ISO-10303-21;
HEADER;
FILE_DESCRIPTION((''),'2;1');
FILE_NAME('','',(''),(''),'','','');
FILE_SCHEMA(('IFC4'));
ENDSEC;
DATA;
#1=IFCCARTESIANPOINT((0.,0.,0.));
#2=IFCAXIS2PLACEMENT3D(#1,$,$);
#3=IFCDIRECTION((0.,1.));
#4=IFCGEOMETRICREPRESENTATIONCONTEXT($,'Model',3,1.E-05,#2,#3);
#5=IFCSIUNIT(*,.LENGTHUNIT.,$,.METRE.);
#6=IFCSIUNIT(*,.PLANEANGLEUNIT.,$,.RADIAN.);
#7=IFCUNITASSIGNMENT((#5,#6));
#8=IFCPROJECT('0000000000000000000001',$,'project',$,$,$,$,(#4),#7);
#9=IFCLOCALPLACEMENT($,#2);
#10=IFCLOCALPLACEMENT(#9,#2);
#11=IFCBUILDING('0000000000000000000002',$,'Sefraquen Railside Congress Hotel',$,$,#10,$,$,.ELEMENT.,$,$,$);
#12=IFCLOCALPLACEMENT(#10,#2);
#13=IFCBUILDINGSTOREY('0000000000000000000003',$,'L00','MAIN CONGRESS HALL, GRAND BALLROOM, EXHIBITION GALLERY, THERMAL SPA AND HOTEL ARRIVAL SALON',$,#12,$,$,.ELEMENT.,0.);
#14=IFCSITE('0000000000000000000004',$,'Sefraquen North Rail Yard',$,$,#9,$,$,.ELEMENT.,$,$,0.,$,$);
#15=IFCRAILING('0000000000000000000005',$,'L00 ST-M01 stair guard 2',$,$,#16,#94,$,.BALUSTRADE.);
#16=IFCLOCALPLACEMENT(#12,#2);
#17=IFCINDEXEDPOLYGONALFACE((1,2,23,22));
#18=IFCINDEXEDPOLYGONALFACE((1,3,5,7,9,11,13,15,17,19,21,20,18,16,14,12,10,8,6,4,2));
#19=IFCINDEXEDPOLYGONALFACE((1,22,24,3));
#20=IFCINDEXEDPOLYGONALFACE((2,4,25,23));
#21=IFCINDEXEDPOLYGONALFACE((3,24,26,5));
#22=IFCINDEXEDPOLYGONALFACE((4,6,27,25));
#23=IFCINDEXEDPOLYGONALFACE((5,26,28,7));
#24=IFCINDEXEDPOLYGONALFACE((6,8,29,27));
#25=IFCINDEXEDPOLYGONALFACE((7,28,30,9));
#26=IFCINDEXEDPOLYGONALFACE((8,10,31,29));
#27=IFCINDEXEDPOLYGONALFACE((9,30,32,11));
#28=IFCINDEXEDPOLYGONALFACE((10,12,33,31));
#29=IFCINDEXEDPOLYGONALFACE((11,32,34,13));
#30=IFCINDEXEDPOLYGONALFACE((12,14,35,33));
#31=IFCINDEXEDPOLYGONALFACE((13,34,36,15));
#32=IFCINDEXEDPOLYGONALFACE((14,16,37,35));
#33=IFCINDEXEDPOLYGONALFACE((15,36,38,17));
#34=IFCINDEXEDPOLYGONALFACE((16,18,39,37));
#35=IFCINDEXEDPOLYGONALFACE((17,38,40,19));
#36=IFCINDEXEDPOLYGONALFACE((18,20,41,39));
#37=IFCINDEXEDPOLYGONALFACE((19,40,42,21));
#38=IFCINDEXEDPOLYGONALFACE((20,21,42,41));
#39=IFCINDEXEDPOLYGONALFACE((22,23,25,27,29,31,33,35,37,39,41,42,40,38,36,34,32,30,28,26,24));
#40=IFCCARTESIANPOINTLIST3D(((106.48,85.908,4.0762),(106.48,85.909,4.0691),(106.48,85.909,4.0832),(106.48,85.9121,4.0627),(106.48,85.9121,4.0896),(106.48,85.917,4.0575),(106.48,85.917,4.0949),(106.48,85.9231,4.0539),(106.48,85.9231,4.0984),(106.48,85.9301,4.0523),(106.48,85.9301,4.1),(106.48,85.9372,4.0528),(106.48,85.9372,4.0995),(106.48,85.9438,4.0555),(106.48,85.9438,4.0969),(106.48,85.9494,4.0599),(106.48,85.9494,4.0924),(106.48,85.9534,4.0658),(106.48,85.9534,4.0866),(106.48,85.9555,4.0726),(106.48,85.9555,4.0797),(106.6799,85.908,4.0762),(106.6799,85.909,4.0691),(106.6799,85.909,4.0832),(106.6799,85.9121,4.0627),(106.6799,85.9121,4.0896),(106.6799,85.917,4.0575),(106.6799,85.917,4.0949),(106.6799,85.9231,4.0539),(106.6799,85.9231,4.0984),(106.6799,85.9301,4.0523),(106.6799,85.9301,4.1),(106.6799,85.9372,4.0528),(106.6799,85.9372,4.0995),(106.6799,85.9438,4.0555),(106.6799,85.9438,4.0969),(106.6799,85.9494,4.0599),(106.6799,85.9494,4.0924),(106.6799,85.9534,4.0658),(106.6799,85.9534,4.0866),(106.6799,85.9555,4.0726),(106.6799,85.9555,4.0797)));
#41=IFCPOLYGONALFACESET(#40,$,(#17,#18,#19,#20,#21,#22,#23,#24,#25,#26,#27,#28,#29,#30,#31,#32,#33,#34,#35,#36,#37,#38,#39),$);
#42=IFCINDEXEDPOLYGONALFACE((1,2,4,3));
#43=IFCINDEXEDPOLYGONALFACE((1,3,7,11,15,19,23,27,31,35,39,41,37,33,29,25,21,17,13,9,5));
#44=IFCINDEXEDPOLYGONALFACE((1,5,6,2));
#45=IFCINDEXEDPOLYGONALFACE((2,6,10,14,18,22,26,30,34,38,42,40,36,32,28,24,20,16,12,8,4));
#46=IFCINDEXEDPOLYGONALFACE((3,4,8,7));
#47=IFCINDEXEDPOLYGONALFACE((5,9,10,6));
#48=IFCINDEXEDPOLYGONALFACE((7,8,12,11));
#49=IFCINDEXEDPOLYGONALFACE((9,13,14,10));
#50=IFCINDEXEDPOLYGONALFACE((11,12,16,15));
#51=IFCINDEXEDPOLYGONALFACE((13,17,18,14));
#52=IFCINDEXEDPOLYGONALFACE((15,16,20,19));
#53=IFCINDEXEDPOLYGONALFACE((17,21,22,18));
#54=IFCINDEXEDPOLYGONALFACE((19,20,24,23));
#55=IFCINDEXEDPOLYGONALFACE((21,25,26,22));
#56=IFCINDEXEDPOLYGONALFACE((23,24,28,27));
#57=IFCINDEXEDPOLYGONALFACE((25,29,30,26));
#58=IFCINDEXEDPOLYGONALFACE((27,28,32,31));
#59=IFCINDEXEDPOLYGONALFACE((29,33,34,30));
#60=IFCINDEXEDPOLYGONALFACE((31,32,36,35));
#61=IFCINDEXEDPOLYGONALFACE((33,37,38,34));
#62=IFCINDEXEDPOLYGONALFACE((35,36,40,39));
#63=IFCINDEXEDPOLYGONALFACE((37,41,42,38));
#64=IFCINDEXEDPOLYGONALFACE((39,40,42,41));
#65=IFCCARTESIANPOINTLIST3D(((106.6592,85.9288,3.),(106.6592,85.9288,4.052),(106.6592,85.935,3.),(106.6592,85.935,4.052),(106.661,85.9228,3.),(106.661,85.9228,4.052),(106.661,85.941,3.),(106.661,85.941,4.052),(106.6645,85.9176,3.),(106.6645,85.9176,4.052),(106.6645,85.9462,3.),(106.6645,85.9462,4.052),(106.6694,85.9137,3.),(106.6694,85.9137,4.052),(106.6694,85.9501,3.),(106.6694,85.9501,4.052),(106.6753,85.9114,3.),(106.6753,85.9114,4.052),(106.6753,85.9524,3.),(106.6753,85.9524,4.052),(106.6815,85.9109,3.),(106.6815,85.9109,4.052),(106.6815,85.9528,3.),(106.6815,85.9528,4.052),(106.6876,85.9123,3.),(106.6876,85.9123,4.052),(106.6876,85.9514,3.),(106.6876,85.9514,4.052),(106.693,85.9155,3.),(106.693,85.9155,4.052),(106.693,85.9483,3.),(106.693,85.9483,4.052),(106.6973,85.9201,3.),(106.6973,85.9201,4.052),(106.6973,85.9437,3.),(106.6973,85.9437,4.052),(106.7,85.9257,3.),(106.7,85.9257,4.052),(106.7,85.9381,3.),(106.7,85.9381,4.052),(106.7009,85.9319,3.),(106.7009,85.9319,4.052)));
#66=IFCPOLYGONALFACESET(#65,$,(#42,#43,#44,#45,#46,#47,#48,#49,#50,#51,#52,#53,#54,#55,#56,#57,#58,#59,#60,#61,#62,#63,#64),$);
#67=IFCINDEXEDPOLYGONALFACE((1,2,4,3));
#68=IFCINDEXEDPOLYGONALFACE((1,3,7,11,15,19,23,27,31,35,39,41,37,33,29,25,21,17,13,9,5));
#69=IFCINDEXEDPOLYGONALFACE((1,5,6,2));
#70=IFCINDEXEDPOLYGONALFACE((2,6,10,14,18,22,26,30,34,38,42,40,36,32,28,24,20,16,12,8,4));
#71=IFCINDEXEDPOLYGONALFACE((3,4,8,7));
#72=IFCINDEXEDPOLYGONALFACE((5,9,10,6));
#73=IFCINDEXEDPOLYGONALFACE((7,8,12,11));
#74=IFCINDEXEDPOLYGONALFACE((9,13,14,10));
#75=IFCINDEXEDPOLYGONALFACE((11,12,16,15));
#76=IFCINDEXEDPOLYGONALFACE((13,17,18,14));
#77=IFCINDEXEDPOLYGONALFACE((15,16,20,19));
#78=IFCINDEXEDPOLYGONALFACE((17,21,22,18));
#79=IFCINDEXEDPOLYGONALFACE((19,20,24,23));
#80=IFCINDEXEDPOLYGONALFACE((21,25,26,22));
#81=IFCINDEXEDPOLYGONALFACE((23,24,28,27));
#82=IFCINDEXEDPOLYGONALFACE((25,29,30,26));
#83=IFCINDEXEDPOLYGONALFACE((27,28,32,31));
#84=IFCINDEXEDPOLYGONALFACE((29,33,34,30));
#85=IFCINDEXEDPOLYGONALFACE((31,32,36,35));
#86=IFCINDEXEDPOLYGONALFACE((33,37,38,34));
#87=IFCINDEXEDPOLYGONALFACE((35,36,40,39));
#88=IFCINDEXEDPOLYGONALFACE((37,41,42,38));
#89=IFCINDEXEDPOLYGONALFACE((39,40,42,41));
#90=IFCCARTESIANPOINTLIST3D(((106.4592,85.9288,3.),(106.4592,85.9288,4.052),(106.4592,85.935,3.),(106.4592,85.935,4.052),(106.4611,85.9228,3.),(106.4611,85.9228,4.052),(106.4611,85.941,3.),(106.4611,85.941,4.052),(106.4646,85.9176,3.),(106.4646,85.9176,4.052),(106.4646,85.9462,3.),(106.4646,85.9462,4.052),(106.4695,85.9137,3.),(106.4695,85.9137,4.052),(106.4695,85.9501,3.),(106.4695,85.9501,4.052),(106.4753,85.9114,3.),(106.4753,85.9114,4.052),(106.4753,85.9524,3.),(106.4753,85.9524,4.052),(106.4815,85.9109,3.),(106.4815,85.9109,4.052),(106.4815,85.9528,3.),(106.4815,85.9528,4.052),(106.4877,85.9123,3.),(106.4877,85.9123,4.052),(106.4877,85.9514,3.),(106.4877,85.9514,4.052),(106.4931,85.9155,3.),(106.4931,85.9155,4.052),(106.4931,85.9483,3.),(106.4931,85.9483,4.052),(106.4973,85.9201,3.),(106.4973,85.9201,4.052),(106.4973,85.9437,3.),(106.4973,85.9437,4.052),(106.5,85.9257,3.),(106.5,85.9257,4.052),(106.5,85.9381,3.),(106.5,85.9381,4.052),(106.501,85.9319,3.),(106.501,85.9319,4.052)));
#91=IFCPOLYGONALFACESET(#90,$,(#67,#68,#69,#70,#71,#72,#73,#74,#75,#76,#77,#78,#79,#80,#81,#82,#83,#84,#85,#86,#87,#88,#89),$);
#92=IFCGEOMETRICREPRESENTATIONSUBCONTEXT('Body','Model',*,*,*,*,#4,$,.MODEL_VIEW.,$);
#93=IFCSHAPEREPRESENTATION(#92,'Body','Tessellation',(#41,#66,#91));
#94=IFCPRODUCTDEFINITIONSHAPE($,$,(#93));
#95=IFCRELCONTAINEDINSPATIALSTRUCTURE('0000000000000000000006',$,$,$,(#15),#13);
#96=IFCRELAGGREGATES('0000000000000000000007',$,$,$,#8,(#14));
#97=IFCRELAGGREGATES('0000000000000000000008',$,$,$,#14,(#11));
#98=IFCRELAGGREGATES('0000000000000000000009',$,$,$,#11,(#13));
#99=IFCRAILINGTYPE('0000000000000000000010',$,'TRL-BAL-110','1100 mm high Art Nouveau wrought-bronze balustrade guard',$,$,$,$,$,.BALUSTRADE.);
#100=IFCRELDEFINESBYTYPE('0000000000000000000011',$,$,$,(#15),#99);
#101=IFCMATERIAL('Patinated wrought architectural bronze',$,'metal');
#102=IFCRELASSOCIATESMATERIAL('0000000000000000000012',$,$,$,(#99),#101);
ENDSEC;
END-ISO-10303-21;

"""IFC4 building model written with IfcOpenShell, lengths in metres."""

from ifc_helpers import new_model, si_unit, direction, frame, origin, origin_2d, place, context, subcontext, project, spatial, circle, extrude, material, type_object, element, save


model = new_model("IFC4")

# Units and contexts
model_context = context("Model", 3, precision=1e-05, world=origin(), true_north=direction((0.0, 1.0)))
body_context = subcontext(model_context, "Body", "Model", "MODEL_VIEW")
ifc_project = project(units=[si_unit("LENGTHUNIT", "METRE"), si_unit("PLANEANGLEUNIT", "RADIAN")], contexts=[model_context])

# Site, building, storey
site_placement = place(None, origin())
site = spatial("IfcSite", under=ifc_project, at=site_placement, Name="Sefraquen North Rail Yard", CompositionType="ELEMENT", RefElevation=0.0)
building_placement = place(site_placement, origin())
building = spatial("IfcBuilding", under=site, at=building_placement, Name="Sefraquen Railside Congress Hotel", CompositionType="ELEMENT")
storey_placement = place(building_placement, origin())
storey = spatial("IfcBuildingStorey", under=building, at=storey_placement, Name="L00", Description="MAIN CONGRESS HALL, GRAND BALLROOM, EXHIBITION GALLERY, THERMAL SPA AND HOTEL ARRIVAL SALON", CompositionType="ELEMENT", Elevation=0.0)

# Railing
ifc_material_1 = material(Name="Patinated wrought architectural bronze", Category="metal")
railing_type_1 = type_object("IfcRailingType", Name="TRL-BAL-110", Description="1100 mm high Art Nouveau wrought-bronze balustrade guard", PredefinedType="BALUSTRADE", material=ifc_material_1)
railing_1_placement = place(storey_placement, frame((106.6799, 85.9319, 3.0)))
element("IfcRailing", 1, at=railing_1_placement, inside=storey, type_object=railing_type_1, Name="L00 ST-M01 stair guard 2", PredefinedType="BALUSTRADE", context=body_context, shape_type="SweptSolid", body=[
    extrude(circle(Radius=0.0239, at=origin_2d()), frame((0.0, 0.0, 1.0762), z_axis=(-1.0, 0.0, 0.0), x_axis=(0.0, -1.0, 0.0)), (0.0, 0.0, 1.0), 0.2),
    extrude(circle(Radius=0.021, at=origin_2d()), origin(), (0.0, 0.0, 1.0), 1.052),
    extrude(circle(Radius=0.021, at=origin_2d()), frame((-0.2, 0.0, 0.0)), (0.0, 0.0, 1.0), 1.052),
])

save(model, "model.ifc")
